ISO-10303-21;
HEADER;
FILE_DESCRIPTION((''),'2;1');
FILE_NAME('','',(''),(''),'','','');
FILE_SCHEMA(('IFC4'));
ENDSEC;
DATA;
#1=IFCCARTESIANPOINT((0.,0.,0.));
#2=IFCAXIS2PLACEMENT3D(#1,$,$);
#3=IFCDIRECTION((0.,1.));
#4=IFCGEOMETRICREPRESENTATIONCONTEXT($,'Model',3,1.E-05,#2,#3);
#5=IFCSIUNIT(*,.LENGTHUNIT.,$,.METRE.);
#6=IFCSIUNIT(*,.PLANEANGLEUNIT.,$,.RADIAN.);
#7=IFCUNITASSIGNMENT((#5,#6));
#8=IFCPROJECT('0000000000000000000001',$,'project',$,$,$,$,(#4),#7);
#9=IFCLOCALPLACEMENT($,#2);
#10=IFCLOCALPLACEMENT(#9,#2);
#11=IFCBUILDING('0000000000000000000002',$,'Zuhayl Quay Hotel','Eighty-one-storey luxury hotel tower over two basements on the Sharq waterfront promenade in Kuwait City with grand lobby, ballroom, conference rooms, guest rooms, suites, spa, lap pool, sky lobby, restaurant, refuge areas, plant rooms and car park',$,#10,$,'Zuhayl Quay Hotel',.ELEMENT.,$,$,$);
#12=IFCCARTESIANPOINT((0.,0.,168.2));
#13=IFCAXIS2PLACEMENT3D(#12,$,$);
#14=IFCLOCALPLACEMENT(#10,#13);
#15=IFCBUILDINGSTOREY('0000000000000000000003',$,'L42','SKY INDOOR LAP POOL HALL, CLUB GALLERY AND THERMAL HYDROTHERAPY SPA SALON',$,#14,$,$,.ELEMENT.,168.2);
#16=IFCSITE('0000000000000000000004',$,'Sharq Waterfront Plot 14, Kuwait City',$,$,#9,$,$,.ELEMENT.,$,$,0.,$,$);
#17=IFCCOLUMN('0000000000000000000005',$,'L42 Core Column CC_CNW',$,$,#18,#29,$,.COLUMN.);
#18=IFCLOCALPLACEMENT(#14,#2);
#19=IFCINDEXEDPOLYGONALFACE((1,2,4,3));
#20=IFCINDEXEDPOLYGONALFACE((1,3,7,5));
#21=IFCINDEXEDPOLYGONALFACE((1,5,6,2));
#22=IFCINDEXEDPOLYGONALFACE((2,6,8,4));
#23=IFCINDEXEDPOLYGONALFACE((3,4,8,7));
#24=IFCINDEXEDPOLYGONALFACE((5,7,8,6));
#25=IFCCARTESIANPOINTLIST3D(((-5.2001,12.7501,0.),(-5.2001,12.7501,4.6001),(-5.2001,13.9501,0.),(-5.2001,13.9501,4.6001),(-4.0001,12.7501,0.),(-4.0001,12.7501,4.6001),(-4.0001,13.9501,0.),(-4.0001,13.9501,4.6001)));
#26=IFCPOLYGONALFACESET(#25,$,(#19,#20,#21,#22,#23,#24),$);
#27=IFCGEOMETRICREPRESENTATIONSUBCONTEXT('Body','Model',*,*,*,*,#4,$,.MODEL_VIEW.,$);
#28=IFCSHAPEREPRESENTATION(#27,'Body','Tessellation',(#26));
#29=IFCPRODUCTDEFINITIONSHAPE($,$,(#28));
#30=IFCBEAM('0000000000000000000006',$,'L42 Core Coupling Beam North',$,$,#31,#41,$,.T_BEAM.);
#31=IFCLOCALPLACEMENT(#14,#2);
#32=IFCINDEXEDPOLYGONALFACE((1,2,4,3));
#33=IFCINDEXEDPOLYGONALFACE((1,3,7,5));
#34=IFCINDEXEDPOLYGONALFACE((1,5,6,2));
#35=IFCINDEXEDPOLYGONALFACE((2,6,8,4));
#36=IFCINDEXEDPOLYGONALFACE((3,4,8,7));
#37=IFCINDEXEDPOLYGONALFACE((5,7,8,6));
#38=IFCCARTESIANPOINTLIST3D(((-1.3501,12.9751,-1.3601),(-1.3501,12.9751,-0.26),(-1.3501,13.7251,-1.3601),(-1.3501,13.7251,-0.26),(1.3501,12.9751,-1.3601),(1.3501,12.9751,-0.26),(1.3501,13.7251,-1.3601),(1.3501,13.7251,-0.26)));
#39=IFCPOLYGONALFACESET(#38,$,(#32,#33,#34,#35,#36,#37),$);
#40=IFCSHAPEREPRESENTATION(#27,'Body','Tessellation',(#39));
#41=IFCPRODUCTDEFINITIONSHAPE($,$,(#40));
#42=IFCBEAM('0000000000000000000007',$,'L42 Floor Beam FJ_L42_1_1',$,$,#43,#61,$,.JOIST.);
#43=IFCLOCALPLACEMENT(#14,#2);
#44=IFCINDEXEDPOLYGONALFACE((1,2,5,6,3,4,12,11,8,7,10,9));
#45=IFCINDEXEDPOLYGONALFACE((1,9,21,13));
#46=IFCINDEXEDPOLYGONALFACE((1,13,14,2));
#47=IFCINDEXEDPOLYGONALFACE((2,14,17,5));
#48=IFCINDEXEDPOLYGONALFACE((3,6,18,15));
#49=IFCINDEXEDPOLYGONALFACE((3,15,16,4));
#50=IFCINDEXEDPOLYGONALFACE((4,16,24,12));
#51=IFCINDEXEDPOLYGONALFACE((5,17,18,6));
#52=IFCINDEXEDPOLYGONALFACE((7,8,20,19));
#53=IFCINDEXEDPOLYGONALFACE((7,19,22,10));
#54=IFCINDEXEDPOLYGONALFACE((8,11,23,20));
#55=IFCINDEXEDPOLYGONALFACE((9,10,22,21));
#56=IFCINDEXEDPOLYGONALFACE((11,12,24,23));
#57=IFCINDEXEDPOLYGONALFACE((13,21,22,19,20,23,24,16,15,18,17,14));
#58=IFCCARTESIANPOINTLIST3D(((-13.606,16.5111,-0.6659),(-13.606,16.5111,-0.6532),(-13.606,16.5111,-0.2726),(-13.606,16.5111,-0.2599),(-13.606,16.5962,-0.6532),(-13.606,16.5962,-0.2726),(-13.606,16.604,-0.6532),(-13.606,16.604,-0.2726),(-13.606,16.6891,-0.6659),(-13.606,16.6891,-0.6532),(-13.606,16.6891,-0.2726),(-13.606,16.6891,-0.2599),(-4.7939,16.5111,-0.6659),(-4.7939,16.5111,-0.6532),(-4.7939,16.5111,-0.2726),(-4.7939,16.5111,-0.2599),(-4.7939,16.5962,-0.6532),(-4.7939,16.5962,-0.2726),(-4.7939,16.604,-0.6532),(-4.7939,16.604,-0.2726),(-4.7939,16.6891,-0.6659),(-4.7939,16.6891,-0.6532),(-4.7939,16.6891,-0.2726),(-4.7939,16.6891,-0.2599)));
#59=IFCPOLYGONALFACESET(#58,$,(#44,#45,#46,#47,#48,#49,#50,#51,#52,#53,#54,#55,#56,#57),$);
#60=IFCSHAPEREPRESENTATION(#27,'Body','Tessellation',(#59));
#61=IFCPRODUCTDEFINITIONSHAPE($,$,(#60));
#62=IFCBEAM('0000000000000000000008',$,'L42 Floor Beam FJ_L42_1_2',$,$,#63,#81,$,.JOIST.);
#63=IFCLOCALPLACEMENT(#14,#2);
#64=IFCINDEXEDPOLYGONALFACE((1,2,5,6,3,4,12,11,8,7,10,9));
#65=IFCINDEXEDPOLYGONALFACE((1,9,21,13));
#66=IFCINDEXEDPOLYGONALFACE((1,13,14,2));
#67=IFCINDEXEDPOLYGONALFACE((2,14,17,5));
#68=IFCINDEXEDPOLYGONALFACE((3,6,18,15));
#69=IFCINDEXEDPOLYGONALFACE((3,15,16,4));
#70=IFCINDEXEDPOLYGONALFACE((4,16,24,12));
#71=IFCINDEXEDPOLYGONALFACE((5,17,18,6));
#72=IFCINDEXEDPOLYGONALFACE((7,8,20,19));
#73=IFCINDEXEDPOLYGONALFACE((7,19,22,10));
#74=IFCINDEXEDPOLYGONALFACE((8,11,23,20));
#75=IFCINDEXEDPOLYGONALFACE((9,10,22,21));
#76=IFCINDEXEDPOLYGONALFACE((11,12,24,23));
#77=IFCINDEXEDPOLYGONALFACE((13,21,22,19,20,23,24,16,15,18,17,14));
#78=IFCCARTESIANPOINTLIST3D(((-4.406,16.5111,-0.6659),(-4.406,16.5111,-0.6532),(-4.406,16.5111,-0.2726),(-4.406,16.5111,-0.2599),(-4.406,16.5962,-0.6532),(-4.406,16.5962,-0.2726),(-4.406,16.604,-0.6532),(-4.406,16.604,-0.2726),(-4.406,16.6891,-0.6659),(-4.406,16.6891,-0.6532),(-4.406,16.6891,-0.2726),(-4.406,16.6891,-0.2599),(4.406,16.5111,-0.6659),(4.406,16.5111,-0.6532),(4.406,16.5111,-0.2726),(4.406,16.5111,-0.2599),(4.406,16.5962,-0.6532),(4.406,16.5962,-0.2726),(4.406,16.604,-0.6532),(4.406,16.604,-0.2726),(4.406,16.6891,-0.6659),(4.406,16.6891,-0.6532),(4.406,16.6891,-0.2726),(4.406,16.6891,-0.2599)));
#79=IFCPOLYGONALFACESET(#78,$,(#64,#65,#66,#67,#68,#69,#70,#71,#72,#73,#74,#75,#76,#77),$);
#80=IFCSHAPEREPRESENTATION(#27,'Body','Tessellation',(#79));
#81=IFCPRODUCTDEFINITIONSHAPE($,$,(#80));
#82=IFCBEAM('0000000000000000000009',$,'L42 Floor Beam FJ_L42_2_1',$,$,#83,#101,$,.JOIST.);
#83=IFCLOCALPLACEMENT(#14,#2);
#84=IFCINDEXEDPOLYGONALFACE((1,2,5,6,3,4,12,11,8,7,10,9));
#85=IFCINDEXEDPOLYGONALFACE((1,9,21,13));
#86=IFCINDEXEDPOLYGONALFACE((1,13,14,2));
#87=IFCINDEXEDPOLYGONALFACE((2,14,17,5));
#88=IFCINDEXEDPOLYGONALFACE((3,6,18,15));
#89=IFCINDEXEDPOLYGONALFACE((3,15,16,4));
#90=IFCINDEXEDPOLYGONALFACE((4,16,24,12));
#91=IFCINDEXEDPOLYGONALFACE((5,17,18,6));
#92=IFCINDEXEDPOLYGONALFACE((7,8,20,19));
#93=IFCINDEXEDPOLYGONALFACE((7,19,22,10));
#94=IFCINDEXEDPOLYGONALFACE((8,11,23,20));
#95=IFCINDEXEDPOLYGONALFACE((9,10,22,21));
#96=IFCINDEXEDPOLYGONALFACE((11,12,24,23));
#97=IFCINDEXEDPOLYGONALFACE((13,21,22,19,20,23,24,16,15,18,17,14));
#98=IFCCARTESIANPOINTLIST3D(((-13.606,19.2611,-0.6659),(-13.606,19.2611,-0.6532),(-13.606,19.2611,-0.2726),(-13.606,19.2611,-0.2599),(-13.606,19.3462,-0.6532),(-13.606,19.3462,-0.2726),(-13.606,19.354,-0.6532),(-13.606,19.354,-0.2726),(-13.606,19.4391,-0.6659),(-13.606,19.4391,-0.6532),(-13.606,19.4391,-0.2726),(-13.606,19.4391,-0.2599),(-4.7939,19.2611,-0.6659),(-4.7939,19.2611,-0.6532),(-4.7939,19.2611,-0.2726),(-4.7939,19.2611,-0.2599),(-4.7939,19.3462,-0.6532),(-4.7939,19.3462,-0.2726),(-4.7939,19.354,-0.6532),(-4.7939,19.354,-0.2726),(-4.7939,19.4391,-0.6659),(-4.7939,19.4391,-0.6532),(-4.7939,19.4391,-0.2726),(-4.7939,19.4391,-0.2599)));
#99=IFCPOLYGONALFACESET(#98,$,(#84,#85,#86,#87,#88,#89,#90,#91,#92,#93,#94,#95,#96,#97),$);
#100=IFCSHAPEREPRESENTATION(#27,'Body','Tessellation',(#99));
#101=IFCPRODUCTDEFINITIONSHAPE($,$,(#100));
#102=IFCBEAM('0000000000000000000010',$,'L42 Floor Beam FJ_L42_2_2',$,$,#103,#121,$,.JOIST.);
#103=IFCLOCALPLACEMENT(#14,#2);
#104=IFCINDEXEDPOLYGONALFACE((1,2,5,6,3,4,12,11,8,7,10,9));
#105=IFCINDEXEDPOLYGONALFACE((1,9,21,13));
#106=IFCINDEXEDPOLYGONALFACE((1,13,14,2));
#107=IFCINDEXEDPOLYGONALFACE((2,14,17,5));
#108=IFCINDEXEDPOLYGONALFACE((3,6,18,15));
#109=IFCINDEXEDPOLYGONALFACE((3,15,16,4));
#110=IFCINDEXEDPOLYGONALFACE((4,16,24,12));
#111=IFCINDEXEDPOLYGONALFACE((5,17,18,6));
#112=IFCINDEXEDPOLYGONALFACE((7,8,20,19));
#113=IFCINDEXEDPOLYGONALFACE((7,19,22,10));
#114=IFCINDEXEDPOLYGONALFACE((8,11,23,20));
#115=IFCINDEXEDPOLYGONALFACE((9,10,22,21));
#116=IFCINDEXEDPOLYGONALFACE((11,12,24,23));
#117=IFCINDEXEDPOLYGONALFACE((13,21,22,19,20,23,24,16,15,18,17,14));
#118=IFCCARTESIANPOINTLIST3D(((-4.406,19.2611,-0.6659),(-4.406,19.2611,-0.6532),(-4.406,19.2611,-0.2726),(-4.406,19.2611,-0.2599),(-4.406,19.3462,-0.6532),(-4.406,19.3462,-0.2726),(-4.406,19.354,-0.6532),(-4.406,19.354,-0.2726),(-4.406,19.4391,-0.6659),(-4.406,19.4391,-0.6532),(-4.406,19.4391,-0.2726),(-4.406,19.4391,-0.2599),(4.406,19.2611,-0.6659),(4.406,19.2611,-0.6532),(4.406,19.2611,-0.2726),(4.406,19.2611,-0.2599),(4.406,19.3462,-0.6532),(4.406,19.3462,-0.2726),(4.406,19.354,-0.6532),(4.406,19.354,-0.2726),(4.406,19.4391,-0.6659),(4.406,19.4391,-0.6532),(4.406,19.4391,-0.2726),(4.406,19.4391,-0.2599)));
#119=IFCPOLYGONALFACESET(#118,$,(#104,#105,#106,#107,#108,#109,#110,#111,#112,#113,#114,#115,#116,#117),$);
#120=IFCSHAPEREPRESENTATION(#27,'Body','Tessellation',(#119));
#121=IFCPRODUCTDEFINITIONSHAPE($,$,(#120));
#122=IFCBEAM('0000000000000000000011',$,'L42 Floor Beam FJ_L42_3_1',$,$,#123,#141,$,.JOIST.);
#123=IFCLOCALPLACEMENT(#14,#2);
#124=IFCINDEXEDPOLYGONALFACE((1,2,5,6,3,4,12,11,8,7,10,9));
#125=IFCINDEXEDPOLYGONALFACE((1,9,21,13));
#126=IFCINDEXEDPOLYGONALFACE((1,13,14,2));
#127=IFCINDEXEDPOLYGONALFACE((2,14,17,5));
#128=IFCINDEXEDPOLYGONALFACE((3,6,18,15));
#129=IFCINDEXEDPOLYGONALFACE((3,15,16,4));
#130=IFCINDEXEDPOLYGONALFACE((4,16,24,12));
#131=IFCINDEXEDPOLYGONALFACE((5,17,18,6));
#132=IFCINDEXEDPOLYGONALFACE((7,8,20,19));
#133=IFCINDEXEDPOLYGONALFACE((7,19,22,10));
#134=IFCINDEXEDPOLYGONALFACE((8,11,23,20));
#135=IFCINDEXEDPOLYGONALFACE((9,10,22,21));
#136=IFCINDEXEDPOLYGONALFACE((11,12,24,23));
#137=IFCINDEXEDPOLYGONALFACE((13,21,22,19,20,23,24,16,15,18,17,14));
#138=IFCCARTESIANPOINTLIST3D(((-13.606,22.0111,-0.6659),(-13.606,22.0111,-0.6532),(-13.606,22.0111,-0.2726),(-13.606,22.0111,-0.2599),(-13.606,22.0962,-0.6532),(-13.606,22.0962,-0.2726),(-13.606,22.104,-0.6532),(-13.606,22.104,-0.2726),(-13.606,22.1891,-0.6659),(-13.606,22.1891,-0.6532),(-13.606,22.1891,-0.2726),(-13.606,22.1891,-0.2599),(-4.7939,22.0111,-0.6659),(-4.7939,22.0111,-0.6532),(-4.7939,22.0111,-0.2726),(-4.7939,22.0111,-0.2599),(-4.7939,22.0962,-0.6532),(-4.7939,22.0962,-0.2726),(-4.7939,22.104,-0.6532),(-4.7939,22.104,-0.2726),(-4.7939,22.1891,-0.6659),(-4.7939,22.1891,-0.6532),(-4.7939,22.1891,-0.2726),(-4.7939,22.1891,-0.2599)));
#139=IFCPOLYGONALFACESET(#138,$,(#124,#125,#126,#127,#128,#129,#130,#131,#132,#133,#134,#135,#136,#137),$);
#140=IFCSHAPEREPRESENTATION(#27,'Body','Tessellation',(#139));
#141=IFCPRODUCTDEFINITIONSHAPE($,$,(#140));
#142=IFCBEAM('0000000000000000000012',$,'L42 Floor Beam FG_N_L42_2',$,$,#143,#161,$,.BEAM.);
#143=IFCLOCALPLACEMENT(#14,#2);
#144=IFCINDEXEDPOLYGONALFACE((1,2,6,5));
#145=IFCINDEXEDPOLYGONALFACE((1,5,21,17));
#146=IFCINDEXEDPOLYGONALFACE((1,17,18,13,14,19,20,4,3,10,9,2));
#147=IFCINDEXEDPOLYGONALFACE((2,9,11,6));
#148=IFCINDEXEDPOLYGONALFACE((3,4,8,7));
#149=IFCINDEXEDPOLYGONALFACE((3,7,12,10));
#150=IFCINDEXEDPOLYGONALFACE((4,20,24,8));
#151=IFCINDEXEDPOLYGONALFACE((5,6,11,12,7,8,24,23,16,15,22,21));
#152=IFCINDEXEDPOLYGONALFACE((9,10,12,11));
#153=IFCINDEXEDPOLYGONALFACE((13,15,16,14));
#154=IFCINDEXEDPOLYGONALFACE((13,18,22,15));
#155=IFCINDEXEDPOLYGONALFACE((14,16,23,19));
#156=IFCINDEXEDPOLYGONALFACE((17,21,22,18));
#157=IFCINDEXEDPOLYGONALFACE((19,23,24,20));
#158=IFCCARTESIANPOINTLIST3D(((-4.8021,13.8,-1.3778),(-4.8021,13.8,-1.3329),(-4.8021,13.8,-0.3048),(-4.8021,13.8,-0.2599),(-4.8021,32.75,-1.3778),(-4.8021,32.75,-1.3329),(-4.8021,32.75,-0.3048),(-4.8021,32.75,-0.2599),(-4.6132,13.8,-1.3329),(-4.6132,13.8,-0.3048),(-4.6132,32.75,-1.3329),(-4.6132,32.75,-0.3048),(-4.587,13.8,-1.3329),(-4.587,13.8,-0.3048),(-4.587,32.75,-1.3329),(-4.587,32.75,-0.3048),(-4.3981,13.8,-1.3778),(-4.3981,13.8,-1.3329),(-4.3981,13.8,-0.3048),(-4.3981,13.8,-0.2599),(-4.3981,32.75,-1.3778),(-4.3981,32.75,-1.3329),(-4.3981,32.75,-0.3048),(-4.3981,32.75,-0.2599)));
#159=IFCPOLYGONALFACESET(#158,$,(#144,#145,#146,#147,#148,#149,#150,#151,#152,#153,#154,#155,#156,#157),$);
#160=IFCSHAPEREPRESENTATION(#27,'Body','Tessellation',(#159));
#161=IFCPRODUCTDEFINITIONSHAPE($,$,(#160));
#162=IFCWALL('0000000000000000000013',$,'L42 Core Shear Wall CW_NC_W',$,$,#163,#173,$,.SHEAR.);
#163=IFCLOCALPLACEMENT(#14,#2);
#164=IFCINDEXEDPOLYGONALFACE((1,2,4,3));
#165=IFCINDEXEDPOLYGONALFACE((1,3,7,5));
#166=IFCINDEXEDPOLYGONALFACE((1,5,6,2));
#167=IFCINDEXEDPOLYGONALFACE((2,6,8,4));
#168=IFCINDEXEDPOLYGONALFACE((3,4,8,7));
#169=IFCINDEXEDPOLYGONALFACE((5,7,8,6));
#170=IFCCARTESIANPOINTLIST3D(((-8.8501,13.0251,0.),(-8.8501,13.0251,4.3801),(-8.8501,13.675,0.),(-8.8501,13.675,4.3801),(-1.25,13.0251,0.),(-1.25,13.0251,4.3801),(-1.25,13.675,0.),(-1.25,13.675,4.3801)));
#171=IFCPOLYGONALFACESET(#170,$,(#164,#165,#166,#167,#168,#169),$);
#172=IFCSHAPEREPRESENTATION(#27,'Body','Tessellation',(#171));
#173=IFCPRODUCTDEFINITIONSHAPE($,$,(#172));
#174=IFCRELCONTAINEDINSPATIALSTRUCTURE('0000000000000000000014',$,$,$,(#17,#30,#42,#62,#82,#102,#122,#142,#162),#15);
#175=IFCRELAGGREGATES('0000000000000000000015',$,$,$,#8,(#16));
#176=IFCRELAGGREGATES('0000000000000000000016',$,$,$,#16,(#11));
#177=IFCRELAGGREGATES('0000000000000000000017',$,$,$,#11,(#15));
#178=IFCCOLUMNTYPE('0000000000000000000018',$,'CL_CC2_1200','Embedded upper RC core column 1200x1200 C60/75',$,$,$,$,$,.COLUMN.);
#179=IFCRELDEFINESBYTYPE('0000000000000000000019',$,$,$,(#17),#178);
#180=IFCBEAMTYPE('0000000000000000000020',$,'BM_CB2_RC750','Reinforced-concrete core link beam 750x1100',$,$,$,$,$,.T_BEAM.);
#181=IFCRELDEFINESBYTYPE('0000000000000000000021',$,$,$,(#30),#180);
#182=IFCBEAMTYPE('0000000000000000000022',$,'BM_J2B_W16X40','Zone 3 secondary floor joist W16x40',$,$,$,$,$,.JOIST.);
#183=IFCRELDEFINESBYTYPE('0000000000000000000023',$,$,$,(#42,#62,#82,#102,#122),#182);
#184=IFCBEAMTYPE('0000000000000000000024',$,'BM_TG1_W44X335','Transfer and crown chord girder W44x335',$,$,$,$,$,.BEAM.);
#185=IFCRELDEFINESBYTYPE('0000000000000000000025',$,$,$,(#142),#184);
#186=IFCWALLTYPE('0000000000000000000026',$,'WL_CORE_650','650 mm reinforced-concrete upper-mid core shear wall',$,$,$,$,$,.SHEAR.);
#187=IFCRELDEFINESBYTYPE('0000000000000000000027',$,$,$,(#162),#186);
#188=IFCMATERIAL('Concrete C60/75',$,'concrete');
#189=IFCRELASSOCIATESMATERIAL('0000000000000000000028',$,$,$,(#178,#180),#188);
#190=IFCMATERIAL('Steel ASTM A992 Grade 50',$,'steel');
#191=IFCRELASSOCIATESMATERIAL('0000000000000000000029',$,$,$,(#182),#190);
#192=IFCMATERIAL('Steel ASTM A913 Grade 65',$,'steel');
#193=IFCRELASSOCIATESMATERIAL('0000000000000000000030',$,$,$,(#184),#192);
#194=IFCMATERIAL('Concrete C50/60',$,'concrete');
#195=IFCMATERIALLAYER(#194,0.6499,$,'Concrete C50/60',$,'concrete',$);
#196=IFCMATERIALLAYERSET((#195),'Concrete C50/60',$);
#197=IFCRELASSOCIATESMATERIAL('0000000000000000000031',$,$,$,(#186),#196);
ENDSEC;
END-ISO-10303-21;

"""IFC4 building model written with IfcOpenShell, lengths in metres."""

from ifc_helpers import new_model, si_unit, direction, frame, frame_2d, origin, origin_2d, place, context, subcontext, project, spatial, rectangle, i_section, extrude, material, layer, layer_set, material_profile, profile_set, type_object, element, save


model = new_model("IFC4")

# Units and contexts
model_context = context("Model", 3, precision=1e-05, world=origin(), true_north=direction((0.0, 1.0)))
body_context = subcontext(model_context, "Body", "Model", "MODEL_VIEW")
ifc_project = project(units=[si_unit("LENGTHUNIT", "METRE"), si_unit("PLANEANGLEUNIT", "RADIAN")], contexts=[model_context])

# Site, building, storey
site_placement = place(None, origin())
site = spatial("IfcSite", under=ifc_project, at=site_placement, Name="Sharq Waterfront Plot 14, Kuwait City", CompositionType="ELEMENT", RefElevation=0.0)
building_placement = place(site_placement, origin())
building = spatial("IfcBuilding", under=site, at=building_placement, Name="Zuhayl Quay Hotel", Description="Eighty-one-storey luxury hotel tower over two basements on the Sharq waterfront promenade in Kuwait City with grand lobby, ballroom, conference rooms, guest rooms, suites, spa, lap pool, sky lobby, restaurant, refuge areas, plant rooms and car park", LongName="Zuhayl Quay Hotel", CompositionType="ELEMENT")
storey_placement = place(building_placement, frame((0.0, 0.0, 168.2)))
storey = spatial("IfcBuildingStorey", under=building, at=storey_placement, Name="L42", Description="SKY INDOOR LAP POOL HALL, CLUB GALLERY AND THERMAL HYDROTHERAPY SPA SALON", CompositionType="ELEMENT", Elevation=168.2)

# Column
ifc_material_1 = material(Name="Concrete C60/75", Category="concrete")
ifc_material_profile_1 = material_profile(ifc_material_1, rectangle(XDim=1.2, YDim=1.2, at=origin_2d()), Name="RC1200X1200")
ifc_profile_set_1 = profile_set([ifc_material_profile_1], Name="Concrete C60/75")
column_type = type_object("IfcColumnType", Name="CL_CC2_1200", Description="Embedded upper RC core column 1200x1200 C60/75", PredefinedType="COLUMN", material=ifc_profile_set_1)
column_placement = place(storey_placement, frame((-4.6001, 13.3501, 0.0), z_axis=(0.0, 0.0, 1.0), x_axis=(1.0, 0.0, 0.0)))
element("IfcColumn", 1, at=column_placement, inside=storey, type_object=column_type, Name="L42 Core Column CC_CNW", PredefinedType="COLUMN", context=body_context, shape_type="SweptSolid", body=[
    extrude(rectangle(XDim=1.2, YDim=1.2, at=origin_2d()), origin(), (0.0, 0.0, 1.0), 4.6001),
])

# Beams
ifc_material_profile_2 = material_profile(ifc_material_1, rectangle(XDim=0.75, YDim=1.1001, at=origin_2d()), Name="RC750X1100")
ifc_profile_set_2 = profile_set([ifc_material_profile_2], Name="Concrete C60/75")
beam_type_1 = type_object("IfcBeamType", Name="BM_CB2_RC750", Description="Reinforced-concrete core link beam 750x1100", PredefinedType="T_BEAM", material=ifc_profile_set_2)
beam_1_placement = place(storey_placement, frame((-1.3501, 13.3501, -0.8101), z_axis=(1.0, 0.0, 0.0), x_axis=(0.0, 1.0, 0.0)))
element("IfcBeam", 2, at=beam_1_placement, inside=storey, type_object=beam_type_1, Name="L42 Core Coupling Beam North", PredefinedType="T_BEAM", context=body_context, shape_type="SweptSolid", body=[
    extrude(rectangle(XDim=0.75, YDim=1.1001, at=origin_2d()), origin(), (0.0, 0.0, 1.0), 2.7002),
])
ifc_material_2 = material(Name="Steel ASTM A992 Grade 50", Category="steel")
ifc_material_profile_3 = material_profile(ifc_material_2, i_section(OverallWidth=0.178, OverallDepth=0.406, WebThickness=0.0078, FlangeThickness=0.0127, at=origin_2d()), Name="W16X40")
ifc_profile_set_3 = profile_set([ifc_material_profile_3], Name="Steel ASTM A992 Grade 50")
beam_type_2 = type_object("IfcBeamType", Name="BM_J2B_W16X40", Description="Zone 3 secondary floor joist W16x40", PredefinedType="JOIST", material=ifc_profile_set_3)
for number, where, z_axis, x_axis, name in (
    (3, (-13.606, 16.6001, -0.4629), (1.0, 0.0, 0.0), (0.0, 1.0, 0.0), "L42 Floor Beam FJ_L42_1_1"),
    (4, (-4.406, 16.6001, -0.4629), (1.0, 0.0, 0.0), (0.0, 1.0, 0.0), "L42 Floor Beam FJ_L42_1_2"),
    (5, (-13.606, 19.3501, -0.4629), (1.0, 0.0, 0.0), (0.0, 1.0, 0.0), "L42 Floor Beam FJ_L42_2_1"),
    (6, (-4.406, 19.3501, -0.4629), (1.0, 0.0, 0.0), (0.0, 1.0, 0.0), "L42 Floor Beam FJ_L42_2_2"),
    (7, (-13.606, 22.1001, -0.4629), (1.0, 0.0, 0.0), (0.0, 1.0, 0.0), "L42 Floor Beam FJ_L42_3_1"),
):
    element("IfcBeam", number, at=place(storey_placement, frame(where, z_axis=z_axis, x_axis=x_axis)), inside=storey, type_object=beam_type_2, Name=name, PredefinedType="JOIST", context=body_context, shape_type="SweptSolid", body=[
        extrude(i_section(OverallWidth=0.178, OverallDepth=0.406, WebThickness=0.0078, FlangeThickness=0.0127, at=origin_2d()), origin(), (0.0, 0.0, 1.0), 8.812),
    ])
ifc_material_3 = material(Name="Steel ASTM A913 Grade 65", Category="steel")
ifc_material_profile_4 = material_profile(ifc_material_3, i_section(OverallWidth=0.4041, OverallDepth=1.1179, WebThickness=0.0261, FlangeThickness=0.0449, at=origin_2d()), Name="W44X335")
ifc_profile_set_4 = profile_set([ifc_material_profile_4], Name="Steel ASTM A913 Grade 65")
beam_type_3 = type_object("IfcBeamType", Name="BM_TG1_W44X335", Description="Transfer and crown chord girder W44x335", PredefinedType="BEAM", material=ifc_profile_set_4)
beam_2_placement = place(storey_placement, frame((-4.6001, 13.8, -0.8188), z_axis=(0.0, 1.0, 0.0), x_axis=(-1.0, 0.0, 0.0)))
element("IfcBeam", 8, at=beam_2_placement, inside=storey, type_object=beam_type_3, Name="L42 Floor Beam FG_N_L42_2", PredefinedType="BEAM", context=body_context, shape_type="SweptSolid", body=[
    extrude(i_section(OverallWidth=0.4041, OverallDepth=1.1179, WebThickness=0.0261, FlangeThickness=0.0449, at=origin_2d()), origin(), (0.0, 0.0, 1.0), 18.95),
])

# Wall
ifc_material_4 = material(Name="Concrete C50/60", Category="concrete")
ifc_layer_1 = layer(ifc_material_4, 0.6499, Name="Concrete C50/60", Category="concrete")
ifc_layer_set_1 = layer_set([ifc_layer_1], Name="Concrete C50/60")
wall_type_1 = type_object("IfcWallType", Name="WL_CORE_650", Description="650 mm reinforced-concrete upper-mid core shear wall", PredefinedType="SHEAR", material=ifc_layer_set_1)
wall_1_placement = place(storey_placement, frame((-8.8501, 13.3501, 0.0), z_axis=(0.0, 0.0, 1.0), x_axis=(1.0, 0.0, 0.0)))
element("IfcWall", 9, at=wall_1_placement, inside=storey, type_object=wall_type_1, Name="L42 Core Shear Wall CW_NC_W", PredefinedType="SHEAR", context=body_context, shape_type="SweptSolid", body=[
    extrude(rectangle(XDim=7.6001, YDim=0.6499, at=frame_2d((3.8, 0.0))), origin(), (0.0, 0.0, 1.0), 4.3801),
])

save(model, "model.ifc")
